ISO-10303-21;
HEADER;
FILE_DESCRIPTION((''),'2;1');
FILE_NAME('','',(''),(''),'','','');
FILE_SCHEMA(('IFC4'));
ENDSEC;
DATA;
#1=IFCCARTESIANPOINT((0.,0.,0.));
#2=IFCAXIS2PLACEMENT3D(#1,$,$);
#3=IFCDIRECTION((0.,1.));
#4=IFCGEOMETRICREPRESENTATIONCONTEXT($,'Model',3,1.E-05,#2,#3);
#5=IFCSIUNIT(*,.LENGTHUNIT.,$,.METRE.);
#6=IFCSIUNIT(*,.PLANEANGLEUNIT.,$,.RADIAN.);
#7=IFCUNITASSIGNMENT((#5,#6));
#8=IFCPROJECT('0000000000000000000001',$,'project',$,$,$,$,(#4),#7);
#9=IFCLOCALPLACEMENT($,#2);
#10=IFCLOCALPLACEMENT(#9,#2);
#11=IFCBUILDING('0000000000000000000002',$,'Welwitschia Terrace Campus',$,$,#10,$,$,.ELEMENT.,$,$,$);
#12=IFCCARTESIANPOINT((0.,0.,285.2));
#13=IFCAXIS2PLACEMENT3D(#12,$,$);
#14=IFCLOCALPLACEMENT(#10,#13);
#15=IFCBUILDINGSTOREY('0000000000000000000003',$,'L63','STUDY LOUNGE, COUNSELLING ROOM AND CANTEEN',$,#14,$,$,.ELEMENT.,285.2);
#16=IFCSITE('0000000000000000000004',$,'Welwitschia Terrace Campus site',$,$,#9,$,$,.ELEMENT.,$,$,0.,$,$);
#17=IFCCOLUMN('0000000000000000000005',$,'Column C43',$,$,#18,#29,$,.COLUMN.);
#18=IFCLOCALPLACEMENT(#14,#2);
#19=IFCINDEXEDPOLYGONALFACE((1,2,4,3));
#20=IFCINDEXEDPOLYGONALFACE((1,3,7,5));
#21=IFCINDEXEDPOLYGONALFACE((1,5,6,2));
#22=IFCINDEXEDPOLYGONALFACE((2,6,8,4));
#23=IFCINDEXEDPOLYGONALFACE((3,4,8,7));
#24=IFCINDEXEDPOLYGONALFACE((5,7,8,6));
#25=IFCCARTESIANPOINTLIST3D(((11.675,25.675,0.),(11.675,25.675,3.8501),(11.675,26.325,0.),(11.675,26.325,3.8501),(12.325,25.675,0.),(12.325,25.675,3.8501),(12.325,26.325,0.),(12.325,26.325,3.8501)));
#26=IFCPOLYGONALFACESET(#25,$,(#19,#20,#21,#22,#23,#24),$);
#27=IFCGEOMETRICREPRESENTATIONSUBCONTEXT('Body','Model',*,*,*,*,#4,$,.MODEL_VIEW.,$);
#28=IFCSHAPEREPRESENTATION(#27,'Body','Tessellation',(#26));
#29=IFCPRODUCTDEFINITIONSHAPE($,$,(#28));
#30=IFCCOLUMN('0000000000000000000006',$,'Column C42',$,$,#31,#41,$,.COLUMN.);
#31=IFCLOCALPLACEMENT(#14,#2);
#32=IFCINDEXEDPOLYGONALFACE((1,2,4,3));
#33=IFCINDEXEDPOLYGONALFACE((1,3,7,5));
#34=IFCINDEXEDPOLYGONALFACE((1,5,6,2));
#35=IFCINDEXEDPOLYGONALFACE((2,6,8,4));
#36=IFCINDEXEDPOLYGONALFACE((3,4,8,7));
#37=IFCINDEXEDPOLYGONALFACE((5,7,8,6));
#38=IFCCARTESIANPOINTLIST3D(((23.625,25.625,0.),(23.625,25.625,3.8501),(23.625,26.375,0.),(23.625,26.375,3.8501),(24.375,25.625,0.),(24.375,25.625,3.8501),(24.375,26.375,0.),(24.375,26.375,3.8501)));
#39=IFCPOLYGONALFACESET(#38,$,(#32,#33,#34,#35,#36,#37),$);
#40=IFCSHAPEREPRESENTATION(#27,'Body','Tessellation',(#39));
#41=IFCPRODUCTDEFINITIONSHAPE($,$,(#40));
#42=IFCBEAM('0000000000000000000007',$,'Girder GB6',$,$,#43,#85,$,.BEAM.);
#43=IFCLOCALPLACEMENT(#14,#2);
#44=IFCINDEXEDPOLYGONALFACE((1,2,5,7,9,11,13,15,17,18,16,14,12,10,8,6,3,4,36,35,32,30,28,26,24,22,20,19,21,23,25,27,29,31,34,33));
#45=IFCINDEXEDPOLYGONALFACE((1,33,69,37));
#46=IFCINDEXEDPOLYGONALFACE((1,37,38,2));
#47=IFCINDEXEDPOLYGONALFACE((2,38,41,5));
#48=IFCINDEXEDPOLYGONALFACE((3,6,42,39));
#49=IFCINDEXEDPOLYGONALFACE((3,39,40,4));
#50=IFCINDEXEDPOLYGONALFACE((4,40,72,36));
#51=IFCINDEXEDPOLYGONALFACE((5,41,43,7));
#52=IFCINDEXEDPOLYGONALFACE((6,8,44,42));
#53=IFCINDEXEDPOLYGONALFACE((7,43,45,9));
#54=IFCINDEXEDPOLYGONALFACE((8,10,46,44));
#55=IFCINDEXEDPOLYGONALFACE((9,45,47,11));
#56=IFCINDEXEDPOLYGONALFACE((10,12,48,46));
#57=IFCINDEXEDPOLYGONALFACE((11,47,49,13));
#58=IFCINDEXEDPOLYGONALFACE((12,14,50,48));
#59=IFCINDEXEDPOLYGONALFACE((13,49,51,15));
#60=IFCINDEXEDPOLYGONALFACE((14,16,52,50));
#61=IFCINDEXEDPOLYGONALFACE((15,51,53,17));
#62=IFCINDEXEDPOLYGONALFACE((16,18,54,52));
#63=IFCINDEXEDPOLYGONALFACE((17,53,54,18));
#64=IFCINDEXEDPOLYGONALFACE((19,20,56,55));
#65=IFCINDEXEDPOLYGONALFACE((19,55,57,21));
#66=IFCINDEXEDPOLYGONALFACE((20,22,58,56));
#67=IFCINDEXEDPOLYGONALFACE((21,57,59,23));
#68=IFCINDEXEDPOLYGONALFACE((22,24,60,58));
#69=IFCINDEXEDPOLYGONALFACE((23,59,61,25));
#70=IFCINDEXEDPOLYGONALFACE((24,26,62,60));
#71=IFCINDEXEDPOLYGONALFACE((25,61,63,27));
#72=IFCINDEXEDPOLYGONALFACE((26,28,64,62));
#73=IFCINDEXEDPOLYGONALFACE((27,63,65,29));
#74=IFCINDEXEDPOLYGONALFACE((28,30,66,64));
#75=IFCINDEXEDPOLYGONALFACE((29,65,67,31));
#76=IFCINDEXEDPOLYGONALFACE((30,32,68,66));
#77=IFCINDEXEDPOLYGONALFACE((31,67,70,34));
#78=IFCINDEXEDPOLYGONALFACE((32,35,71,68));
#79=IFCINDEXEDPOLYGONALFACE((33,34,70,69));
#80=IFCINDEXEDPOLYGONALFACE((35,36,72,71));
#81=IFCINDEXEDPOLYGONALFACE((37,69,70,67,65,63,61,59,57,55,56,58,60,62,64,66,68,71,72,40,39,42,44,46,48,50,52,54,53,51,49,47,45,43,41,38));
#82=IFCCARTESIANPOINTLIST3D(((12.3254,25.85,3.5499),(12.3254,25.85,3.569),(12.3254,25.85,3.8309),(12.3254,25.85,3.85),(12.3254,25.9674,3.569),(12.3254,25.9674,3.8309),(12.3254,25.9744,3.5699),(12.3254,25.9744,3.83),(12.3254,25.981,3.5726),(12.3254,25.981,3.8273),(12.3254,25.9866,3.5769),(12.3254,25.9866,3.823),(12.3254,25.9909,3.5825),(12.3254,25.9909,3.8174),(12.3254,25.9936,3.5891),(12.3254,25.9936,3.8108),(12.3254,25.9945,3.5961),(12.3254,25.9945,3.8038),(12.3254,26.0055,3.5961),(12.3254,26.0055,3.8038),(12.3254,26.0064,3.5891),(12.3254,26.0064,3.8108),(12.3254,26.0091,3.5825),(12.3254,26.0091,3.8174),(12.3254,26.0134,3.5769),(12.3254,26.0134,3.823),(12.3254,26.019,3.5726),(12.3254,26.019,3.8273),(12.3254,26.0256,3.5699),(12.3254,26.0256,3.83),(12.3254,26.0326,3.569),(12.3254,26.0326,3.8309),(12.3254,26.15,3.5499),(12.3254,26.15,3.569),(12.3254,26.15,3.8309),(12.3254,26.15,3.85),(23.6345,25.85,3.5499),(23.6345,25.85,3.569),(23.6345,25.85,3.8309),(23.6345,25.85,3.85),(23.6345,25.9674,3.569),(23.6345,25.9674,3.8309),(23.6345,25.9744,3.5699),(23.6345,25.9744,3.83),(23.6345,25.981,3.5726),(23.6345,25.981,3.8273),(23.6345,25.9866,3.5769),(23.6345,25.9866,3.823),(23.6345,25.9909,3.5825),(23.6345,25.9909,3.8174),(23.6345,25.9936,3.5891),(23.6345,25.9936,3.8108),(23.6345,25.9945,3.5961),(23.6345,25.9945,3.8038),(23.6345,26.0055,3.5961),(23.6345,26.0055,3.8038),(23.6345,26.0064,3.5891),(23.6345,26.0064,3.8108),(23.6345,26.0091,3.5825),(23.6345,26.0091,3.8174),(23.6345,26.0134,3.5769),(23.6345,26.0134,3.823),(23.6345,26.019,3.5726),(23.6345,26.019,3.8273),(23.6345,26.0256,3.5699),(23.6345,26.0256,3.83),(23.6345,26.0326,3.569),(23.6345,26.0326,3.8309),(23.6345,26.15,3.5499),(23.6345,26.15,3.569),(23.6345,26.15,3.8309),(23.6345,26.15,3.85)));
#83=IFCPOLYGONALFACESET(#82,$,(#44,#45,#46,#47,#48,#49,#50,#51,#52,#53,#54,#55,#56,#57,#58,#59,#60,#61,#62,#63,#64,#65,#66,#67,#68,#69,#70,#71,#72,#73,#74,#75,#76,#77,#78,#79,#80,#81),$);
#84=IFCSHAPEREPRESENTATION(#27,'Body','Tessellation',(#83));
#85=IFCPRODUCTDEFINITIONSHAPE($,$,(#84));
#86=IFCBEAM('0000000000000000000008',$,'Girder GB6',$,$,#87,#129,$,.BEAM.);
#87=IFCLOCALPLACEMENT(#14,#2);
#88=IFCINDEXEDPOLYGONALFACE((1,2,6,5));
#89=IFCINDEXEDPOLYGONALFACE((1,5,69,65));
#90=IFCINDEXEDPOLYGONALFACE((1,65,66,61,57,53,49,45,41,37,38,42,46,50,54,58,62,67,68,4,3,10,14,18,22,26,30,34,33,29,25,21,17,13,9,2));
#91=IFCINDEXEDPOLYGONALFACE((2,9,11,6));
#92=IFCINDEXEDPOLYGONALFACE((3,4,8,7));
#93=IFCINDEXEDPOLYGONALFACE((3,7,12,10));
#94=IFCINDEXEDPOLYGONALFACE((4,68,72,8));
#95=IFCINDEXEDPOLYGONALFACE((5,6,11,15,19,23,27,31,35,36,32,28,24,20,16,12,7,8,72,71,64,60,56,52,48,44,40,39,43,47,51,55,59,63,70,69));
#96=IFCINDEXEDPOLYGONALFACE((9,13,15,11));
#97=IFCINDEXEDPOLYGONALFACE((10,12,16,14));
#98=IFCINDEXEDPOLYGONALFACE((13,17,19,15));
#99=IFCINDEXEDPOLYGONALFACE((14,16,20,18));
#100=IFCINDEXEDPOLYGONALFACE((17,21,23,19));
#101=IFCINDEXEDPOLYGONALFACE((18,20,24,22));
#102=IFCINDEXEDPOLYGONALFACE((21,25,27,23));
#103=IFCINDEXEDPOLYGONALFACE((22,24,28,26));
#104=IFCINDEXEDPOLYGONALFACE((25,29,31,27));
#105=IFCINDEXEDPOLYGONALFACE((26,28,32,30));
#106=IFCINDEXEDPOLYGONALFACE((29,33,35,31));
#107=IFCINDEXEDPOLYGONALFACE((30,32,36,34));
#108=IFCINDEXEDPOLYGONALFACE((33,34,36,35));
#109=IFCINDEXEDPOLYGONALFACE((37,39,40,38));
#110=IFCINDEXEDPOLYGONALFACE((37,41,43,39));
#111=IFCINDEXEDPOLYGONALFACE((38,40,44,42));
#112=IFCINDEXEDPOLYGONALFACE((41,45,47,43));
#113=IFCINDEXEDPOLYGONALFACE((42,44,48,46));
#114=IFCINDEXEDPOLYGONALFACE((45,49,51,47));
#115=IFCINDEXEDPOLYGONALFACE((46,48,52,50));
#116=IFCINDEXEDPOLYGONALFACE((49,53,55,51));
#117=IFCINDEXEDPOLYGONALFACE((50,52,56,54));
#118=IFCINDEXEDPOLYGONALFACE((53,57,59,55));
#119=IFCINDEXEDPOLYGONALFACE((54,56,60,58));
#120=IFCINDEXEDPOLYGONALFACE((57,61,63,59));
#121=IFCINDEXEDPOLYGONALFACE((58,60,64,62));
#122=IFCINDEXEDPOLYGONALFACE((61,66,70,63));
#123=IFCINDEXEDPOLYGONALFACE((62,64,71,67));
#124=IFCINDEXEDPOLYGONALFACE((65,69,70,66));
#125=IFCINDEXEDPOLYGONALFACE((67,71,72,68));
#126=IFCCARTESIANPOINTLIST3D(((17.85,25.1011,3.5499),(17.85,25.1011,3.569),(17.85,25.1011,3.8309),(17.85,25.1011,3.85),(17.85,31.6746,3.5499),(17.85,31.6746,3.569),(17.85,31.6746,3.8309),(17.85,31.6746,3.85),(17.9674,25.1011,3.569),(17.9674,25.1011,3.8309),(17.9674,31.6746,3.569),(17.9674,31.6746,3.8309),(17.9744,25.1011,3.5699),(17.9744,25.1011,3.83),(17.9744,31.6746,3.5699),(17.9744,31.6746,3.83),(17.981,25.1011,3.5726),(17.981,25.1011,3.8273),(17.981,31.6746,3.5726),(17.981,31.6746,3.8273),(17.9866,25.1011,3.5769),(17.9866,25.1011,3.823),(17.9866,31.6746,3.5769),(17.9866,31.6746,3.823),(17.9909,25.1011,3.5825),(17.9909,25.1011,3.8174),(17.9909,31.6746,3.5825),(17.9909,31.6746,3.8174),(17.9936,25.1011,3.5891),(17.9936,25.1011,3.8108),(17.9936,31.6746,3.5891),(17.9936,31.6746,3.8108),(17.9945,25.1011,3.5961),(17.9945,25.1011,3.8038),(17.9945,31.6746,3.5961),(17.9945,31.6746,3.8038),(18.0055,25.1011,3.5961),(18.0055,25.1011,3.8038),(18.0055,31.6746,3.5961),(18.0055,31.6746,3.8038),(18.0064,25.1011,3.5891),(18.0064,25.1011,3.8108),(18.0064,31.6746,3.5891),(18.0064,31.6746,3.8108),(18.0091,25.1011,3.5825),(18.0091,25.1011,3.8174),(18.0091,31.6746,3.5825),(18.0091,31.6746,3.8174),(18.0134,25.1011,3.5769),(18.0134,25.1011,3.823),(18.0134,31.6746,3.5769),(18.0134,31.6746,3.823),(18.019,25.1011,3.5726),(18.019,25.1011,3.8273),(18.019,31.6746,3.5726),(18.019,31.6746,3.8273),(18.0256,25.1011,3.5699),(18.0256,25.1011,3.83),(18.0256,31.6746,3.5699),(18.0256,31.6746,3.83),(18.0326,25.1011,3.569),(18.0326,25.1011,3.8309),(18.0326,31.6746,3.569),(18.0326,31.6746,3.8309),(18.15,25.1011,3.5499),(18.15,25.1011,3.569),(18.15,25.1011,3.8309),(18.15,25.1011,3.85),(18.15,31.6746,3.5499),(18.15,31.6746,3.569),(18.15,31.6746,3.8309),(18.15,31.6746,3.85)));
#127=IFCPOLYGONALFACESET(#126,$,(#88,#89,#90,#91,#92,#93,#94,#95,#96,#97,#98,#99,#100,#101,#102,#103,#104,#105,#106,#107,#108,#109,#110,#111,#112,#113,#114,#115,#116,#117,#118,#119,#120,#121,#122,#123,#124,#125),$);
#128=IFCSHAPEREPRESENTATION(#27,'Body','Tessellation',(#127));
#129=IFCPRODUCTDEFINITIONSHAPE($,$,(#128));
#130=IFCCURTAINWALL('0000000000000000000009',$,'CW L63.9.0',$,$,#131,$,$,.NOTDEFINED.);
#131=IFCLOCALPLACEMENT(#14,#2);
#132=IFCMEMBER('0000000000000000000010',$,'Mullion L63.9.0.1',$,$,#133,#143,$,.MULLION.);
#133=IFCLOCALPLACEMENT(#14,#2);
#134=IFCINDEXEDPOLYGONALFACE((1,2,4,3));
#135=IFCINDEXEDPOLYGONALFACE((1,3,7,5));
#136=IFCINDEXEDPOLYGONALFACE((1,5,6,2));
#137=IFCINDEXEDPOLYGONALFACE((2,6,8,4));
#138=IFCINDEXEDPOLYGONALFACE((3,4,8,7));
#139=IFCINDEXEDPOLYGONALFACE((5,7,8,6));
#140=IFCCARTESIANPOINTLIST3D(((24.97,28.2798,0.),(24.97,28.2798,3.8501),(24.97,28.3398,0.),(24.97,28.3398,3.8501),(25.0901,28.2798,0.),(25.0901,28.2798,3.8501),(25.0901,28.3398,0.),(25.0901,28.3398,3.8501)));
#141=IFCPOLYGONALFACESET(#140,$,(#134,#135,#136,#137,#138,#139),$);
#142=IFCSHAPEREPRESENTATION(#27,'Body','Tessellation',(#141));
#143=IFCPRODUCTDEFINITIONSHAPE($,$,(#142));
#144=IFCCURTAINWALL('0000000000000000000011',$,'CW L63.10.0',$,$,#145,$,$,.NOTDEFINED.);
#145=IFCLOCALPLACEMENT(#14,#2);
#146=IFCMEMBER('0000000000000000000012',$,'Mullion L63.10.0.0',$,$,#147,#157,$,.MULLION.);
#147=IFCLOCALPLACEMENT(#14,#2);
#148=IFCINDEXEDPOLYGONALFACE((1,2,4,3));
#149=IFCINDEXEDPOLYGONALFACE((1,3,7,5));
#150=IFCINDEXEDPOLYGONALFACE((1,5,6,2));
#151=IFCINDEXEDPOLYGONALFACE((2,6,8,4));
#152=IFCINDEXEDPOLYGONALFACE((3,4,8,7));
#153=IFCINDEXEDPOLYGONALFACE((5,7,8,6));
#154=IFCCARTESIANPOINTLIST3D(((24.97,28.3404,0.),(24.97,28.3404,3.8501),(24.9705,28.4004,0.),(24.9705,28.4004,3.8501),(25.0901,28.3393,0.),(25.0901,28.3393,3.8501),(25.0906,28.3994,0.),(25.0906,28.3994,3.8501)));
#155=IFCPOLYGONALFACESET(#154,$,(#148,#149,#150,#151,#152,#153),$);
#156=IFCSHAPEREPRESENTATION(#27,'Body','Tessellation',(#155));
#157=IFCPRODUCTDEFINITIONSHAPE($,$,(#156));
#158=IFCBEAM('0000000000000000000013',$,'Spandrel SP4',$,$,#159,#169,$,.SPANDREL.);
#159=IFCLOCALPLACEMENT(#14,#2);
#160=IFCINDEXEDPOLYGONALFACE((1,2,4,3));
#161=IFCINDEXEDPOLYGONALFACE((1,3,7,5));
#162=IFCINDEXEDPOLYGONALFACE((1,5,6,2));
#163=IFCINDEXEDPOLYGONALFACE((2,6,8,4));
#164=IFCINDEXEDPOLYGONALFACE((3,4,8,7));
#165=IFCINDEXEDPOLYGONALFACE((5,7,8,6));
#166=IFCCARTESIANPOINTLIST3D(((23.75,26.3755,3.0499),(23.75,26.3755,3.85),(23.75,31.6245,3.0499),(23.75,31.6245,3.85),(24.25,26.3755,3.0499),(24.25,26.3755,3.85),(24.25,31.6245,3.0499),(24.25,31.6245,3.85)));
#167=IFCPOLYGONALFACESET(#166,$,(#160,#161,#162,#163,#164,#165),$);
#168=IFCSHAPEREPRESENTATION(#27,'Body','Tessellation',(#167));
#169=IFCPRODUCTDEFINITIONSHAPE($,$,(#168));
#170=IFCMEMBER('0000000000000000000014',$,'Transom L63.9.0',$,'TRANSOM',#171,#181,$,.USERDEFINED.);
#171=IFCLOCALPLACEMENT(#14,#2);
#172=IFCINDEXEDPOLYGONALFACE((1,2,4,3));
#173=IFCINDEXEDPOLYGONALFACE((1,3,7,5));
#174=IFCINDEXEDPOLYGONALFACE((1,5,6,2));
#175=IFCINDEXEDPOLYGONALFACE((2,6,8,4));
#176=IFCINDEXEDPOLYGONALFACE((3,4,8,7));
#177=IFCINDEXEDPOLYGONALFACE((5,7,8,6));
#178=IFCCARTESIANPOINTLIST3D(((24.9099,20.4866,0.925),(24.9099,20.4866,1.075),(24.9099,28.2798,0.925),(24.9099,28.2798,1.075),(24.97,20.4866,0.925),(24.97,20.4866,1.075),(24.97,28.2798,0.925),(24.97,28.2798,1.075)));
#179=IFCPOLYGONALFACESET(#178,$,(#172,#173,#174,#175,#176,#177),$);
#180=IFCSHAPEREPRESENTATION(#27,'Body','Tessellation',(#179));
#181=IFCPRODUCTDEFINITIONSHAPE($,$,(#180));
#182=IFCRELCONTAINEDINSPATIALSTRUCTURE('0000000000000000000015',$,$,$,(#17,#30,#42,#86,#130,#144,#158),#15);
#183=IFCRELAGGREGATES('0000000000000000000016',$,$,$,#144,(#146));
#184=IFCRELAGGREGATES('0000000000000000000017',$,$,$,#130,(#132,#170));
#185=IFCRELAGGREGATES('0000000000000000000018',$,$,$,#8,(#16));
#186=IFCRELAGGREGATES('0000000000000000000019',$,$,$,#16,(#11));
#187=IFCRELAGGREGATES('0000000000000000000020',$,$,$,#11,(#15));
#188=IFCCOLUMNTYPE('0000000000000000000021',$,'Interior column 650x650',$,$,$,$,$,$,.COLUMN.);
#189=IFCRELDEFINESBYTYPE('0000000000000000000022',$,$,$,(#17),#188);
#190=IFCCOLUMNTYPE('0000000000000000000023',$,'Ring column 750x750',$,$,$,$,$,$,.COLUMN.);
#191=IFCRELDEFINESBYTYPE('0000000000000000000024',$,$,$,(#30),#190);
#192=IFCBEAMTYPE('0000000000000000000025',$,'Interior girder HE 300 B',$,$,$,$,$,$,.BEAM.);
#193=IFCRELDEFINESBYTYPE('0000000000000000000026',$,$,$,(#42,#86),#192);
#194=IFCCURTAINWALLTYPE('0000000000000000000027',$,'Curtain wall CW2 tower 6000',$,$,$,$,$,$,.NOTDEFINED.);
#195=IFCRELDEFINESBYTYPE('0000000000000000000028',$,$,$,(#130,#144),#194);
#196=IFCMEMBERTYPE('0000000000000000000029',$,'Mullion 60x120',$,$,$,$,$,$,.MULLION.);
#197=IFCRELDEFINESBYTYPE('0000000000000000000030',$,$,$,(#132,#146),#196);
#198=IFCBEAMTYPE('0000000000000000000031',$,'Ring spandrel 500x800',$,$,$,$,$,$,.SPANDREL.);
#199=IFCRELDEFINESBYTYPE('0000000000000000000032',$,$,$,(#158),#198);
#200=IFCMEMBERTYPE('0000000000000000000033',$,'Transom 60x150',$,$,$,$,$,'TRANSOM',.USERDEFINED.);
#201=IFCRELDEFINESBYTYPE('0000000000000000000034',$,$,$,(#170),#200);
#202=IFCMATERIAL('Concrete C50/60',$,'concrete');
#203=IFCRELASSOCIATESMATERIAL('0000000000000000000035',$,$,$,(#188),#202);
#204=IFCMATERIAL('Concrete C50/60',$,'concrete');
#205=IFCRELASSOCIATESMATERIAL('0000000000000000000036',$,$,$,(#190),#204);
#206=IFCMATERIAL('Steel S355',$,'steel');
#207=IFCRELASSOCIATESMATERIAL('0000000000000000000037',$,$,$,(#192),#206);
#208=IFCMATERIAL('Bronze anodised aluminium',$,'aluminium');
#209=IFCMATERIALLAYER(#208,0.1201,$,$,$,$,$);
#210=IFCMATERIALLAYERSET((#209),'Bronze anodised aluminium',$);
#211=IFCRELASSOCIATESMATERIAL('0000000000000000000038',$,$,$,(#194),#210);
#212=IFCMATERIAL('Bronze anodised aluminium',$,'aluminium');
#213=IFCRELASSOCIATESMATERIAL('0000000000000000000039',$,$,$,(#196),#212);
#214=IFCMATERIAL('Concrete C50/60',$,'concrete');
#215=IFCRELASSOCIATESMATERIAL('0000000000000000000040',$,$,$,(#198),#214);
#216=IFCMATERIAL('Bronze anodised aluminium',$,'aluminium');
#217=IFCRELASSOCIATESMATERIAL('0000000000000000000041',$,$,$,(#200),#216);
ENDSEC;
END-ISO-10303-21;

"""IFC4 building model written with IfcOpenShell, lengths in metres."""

from ifc_helpers import new_model, si_unit, direction, frame, origin, origin_2d, place, context, subcontext, project, spatial, rectangle, i_section, extrude, material, layer, layer_set, material_profile, profile_set, type_object, element, aggregate, save


model = new_model("IFC4")

# Units and contexts
model_context = context("Model", 3, precision=1e-05, world=origin(), true_north=direction((0.0, 1.0)))
body_context = subcontext(model_context, "Body", "Model", "MODEL_VIEW")
ifc_project = project(units=[si_unit("LENGTHUNIT", "METRE"), si_unit("PLANEANGLEUNIT", "RADIAN")], contexts=[model_context])

# Site, building, storey
site_placement = place(None, origin())
site = spatial("IfcSite", under=ifc_project, at=site_placement, Name="Welwitschia Terrace Campus site", CompositionType="ELEMENT", RefElevation=0.0)
building_placement = place(site_placement, origin())
building = spatial("IfcBuilding", under=site, at=building_placement, Name="Welwitschia Terrace Campus", CompositionType="ELEMENT")
storey_placement = place(building_placement, frame((0.0, 0.0, 285.2)))
storey = spatial("IfcBuildingStorey", under=building, at=storey_placement, Name="L63", Description="STUDY LOUNGE, COUNSELLING ROOM AND CANTEEN", CompositionType="ELEMENT", Elevation=285.2)

# Columns
ifc_material_1 = material(Name="Concrete C50/60", Category="concrete")
ifc_material_profile_1 = material_profile(ifc_material_1, rectangle(XDim=0.6499, YDim=0.6499, at=origin_2d()))
ifc_profile_set_1 = profile_set([ifc_material_profile_1], Name="Concrete C50/60")
column_type_1 = type_object("IfcColumnType", Name="Interior column 650x650", PredefinedType="COLUMN", material=ifc_profile_set_1)
column_1_placement = place(storey_placement, frame((12.0, 26.0, 0.0), z_axis=(0.0, 0.0, 1.0), x_axis=(1.0, 0.0, 0.0)))
element("IfcColumn", 1, at=column_1_placement, inside=storey, type_object=column_type_1, Name="Column C43", PredefinedType="COLUMN", context=body_context, shape_type="SweptSolid", body=[
    extrude(rectangle(XDim=0.6499, YDim=0.6499, at=origin_2d()), origin(), (0.0, 0.0, 1.0), 3.8501),
])
ifc_material_2 = material(Name="Concrete C50/60", Category="concrete")
ifc_material_profile_2 = material_profile(ifc_material_2, rectangle(XDim=0.75, YDim=0.75, at=origin_2d()))
ifc_profile_set_2 = profile_set([ifc_material_profile_2], Name="Concrete C50/60")
column_type_2 = type_object("IfcColumnType", Name="Ring column 750x750", PredefinedType="COLUMN", material=ifc_profile_set_2)
column_2_placement = place(storey_placement, frame((24.0, 26.0, 0.0), z_axis=(0.0, 0.0, 1.0), x_axis=(1.0, 0.0, 0.0)))
element("IfcColumn", 2, at=column_2_placement, inside=storey, type_object=column_type_2, Name="Column C42", PredefinedType="COLUMN", context=body_context, shape_type="SweptSolid", body=[
    extrude(rectangle(XDim=0.75, YDim=0.75, at=origin_2d()), origin(), (0.0, 0.0, 1.0), 3.8501),
])

# Beams
ifc_material_3 = material(Name="Steel S355", Category="steel")
ifc_material_profile_3 = material_profile(ifc_material_3, i_section(OverallWidth=0.3, OverallDepth=0.3, WebThickness=0.011, FlangeThickness=0.019, FilletRadius=0.0271, at=origin_2d()))
ifc_profile_set_3 = profile_set([ifc_material_profile_3], Name="Steel S355")
beam_type_1 = type_object("IfcBeamType", Name="Interior girder HE 300 B", PredefinedType="BEAM", material=ifc_profile_set_3)
beam_1_placement = place(storey_placement, frame((12.3254, 26.0, 3.7), z_axis=(1.0, 0.0, 0.0), x_axis=(0.0, 1.0, 0.0)))
element("IfcBeam", 3, at=beam_1_placement, inside=storey, type_object=beam_type_1, Name="Girder GB6", PredefinedType="BEAM", context=body_context, shape_type="SweptSolid", body=[
    extrude(i_section(OverallWidth=0.3, OverallDepth=0.3, WebThickness=0.011, FlangeThickness=0.019, FilletRadius=0.0271, at=origin_2d()), origin(), (0.0, 0.0, 1.0), 11.3091),
])
beam_2_placement = place(storey_placement, frame((18.0, 25.1011, 3.7), z_axis=(0.0, 1.0, 0.0), x_axis=(-1.0, 0.0, 0.0)))
element("IfcBeam", 4, at=beam_2_placement, inside=storey, type_object=beam_type_1, Name="Girder GB6", PredefinedType="BEAM", context=body_context, shape_type="SweptSolid", body=[
    extrude(i_section(OverallWidth=0.3, OverallDepth=0.3, WebThickness=0.011, FlangeThickness=0.019, FilletRadius=0.0271, at=origin_2d()), origin(), (0.0, 0.0, 1.0), 6.5735),
])

# Curtain walls, members
ifc_material_4 = material(Name="Bronze anodised aluminium", Category="aluminium")
ifc_layer_1 = layer(ifc_material_4, 0.1201)
ifc_layer_set_1 = layer_set([ifc_layer_1], Name="Bronze anodised aluminium")
curtain_wall_type = type_object("IfcCurtainWallType", Name="Curtain wall CW2 tower 6000", PredefinedType="NOTDEFINED", material=ifc_layer_set_1)
curtain_wall_1_placement = place(storey_placement, origin())
curtain_wall_1 = element("IfcCurtainWall", 5, at=curtain_wall_1_placement, inside=storey, type_object=curtain_wall_type, Name="CW L63.9.0", PredefinedType="NOTDEFINED")
ifc_material_5 = material(Name="Bronze anodised aluminium", Category="aluminium")
ifc_material_profile_4 = material_profile(ifc_material_5, rectangle(XDim=0.1201, YDim=0.0601, at=origin_2d()))
ifc_profile_set_4 = profile_set([ifc_material_profile_4], Name="Bronze anodised aluminium")
member_type_1 = type_object("IfcMemberType", Name="Mullion 60x120", PredefinedType="MULLION", material=ifc_profile_set_4)
member_1_placement = place(storey_placement, frame((25.03, 28.3098, 0.0), z_axis=(0.0, 0.0, 1.0), x_axis=(-1.0, 0.0, 0.0)))
member_1 = element("IfcMember", 6, at=member_1_placement, type_object=member_type_1, Name="Mullion L63.9.0.1", PredefinedType="MULLION", context=body_context, shape_type="SweptSolid", body=[
    extrude(rectangle(XDim=0.1201, YDim=0.0601, at=origin_2d()), origin(), (0.0, 0.0, 1.0), 3.8501),
])
curtain_wall_2_placement = place(storey_placement, origin())
curtain_wall_2 = element("IfcCurtainWall", 7, at=curtain_wall_2_placement, inside=storey, type_object=curtain_wall_type, Name="CW L63.10.0", PredefinedType="NOTDEFINED")
member_2_placement = place(storey_placement, frame((25.0303, 28.3699, 0.0), z_axis=(0.0, 0.0, 1.0), x_axis=(-0.999962, 0.008727, 0.0)))
member_2 = element("IfcMember", 8, at=member_2_placement, type_object=member_type_1, Name="Mullion L63.10.0.0", PredefinedType="MULLION", context=body_context, shape_type="SweptSolid", body=[
    extrude(rectangle(XDim=0.1201, YDim=0.0601, at=origin_2d()), origin(), (0.0, 0.0, 1.0), 3.8501),
])

# Beam
ifc_material_6 = material(Name="Concrete C50/60", Category="concrete")
ifc_material_profile_5 = material_profile(ifc_material_6, rectangle(XDim=0.5, YDim=0.8, at=origin_2d()))
ifc_profile_set_5 = profile_set([ifc_material_profile_5], Name="Concrete C50/60")
beam_type_2 = type_object("IfcBeamType", Name="Ring spandrel 500x800", PredefinedType="SPANDREL", material=ifc_profile_set_5)
beam_3_placement = place(storey_placement, frame((24.0, 26.3755, 3.45), z_axis=(0.0, 1.0, 0.0), x_axis=(-1.0, 0.0, 0.0)))
element("IfcBeam", 9, at=beam_3_placement, inside=storey, type_object=beam_type_2, Name="Spandrel SP4", PredefinedType="SPANDREL", context=body_context, shape_type="SweptSolid", body=[
    extrude(rectangle(XDim=0.5, YDim=0.8, at=origin_2d()), origin(), (0.0, 0.0, 1.0), 5.249),
])

# Member
ifc_material_7 = material(Name="Bronze anodised aluminium", Category="aluminium")
ifc_material_profile_6 = material_profile(ifc_material_7, rectangle(XDim=0.0601, YDim=0.1499, at=origin_2d()))
ifc_profile_set_6 = profile_set([ifc_material_profile_6], Name="Bronze anodised aluminium")
member_type_2 = type_object("IfcMemberType", Name="Transom 60x150", ElementType="TRANSOM", PredefinedType="USERDEFINED", material=ifc_profile_set_6)
member_3_placement = place(storey_placement, frame((24.9399, 20.4866, 1.0), z_axis=(0.0, 1.0, 0.0), x_axis=(-1.0, 0.0, 0.0)))
member_3 = element("IfcMember", 10, at=member_3_placement, type_object=member_type_2, Name="Transom L63.9.0", ObjectType="TRANSOM", PredefinedType="USERDEFINED", context=body_context, shape_type="SweptSolid", body=[
    extrude(rectangle(XDim=0.0601, YDim=0.1499, at=origin_2d()), origin(), (0.0, 0.0, 1.0), 7.7932),
])
aggregate(curtain_wall_2, [member_2])

aggregate(curtain_wall_1, [member_1, member_3])

save(model, "model.ifc")
